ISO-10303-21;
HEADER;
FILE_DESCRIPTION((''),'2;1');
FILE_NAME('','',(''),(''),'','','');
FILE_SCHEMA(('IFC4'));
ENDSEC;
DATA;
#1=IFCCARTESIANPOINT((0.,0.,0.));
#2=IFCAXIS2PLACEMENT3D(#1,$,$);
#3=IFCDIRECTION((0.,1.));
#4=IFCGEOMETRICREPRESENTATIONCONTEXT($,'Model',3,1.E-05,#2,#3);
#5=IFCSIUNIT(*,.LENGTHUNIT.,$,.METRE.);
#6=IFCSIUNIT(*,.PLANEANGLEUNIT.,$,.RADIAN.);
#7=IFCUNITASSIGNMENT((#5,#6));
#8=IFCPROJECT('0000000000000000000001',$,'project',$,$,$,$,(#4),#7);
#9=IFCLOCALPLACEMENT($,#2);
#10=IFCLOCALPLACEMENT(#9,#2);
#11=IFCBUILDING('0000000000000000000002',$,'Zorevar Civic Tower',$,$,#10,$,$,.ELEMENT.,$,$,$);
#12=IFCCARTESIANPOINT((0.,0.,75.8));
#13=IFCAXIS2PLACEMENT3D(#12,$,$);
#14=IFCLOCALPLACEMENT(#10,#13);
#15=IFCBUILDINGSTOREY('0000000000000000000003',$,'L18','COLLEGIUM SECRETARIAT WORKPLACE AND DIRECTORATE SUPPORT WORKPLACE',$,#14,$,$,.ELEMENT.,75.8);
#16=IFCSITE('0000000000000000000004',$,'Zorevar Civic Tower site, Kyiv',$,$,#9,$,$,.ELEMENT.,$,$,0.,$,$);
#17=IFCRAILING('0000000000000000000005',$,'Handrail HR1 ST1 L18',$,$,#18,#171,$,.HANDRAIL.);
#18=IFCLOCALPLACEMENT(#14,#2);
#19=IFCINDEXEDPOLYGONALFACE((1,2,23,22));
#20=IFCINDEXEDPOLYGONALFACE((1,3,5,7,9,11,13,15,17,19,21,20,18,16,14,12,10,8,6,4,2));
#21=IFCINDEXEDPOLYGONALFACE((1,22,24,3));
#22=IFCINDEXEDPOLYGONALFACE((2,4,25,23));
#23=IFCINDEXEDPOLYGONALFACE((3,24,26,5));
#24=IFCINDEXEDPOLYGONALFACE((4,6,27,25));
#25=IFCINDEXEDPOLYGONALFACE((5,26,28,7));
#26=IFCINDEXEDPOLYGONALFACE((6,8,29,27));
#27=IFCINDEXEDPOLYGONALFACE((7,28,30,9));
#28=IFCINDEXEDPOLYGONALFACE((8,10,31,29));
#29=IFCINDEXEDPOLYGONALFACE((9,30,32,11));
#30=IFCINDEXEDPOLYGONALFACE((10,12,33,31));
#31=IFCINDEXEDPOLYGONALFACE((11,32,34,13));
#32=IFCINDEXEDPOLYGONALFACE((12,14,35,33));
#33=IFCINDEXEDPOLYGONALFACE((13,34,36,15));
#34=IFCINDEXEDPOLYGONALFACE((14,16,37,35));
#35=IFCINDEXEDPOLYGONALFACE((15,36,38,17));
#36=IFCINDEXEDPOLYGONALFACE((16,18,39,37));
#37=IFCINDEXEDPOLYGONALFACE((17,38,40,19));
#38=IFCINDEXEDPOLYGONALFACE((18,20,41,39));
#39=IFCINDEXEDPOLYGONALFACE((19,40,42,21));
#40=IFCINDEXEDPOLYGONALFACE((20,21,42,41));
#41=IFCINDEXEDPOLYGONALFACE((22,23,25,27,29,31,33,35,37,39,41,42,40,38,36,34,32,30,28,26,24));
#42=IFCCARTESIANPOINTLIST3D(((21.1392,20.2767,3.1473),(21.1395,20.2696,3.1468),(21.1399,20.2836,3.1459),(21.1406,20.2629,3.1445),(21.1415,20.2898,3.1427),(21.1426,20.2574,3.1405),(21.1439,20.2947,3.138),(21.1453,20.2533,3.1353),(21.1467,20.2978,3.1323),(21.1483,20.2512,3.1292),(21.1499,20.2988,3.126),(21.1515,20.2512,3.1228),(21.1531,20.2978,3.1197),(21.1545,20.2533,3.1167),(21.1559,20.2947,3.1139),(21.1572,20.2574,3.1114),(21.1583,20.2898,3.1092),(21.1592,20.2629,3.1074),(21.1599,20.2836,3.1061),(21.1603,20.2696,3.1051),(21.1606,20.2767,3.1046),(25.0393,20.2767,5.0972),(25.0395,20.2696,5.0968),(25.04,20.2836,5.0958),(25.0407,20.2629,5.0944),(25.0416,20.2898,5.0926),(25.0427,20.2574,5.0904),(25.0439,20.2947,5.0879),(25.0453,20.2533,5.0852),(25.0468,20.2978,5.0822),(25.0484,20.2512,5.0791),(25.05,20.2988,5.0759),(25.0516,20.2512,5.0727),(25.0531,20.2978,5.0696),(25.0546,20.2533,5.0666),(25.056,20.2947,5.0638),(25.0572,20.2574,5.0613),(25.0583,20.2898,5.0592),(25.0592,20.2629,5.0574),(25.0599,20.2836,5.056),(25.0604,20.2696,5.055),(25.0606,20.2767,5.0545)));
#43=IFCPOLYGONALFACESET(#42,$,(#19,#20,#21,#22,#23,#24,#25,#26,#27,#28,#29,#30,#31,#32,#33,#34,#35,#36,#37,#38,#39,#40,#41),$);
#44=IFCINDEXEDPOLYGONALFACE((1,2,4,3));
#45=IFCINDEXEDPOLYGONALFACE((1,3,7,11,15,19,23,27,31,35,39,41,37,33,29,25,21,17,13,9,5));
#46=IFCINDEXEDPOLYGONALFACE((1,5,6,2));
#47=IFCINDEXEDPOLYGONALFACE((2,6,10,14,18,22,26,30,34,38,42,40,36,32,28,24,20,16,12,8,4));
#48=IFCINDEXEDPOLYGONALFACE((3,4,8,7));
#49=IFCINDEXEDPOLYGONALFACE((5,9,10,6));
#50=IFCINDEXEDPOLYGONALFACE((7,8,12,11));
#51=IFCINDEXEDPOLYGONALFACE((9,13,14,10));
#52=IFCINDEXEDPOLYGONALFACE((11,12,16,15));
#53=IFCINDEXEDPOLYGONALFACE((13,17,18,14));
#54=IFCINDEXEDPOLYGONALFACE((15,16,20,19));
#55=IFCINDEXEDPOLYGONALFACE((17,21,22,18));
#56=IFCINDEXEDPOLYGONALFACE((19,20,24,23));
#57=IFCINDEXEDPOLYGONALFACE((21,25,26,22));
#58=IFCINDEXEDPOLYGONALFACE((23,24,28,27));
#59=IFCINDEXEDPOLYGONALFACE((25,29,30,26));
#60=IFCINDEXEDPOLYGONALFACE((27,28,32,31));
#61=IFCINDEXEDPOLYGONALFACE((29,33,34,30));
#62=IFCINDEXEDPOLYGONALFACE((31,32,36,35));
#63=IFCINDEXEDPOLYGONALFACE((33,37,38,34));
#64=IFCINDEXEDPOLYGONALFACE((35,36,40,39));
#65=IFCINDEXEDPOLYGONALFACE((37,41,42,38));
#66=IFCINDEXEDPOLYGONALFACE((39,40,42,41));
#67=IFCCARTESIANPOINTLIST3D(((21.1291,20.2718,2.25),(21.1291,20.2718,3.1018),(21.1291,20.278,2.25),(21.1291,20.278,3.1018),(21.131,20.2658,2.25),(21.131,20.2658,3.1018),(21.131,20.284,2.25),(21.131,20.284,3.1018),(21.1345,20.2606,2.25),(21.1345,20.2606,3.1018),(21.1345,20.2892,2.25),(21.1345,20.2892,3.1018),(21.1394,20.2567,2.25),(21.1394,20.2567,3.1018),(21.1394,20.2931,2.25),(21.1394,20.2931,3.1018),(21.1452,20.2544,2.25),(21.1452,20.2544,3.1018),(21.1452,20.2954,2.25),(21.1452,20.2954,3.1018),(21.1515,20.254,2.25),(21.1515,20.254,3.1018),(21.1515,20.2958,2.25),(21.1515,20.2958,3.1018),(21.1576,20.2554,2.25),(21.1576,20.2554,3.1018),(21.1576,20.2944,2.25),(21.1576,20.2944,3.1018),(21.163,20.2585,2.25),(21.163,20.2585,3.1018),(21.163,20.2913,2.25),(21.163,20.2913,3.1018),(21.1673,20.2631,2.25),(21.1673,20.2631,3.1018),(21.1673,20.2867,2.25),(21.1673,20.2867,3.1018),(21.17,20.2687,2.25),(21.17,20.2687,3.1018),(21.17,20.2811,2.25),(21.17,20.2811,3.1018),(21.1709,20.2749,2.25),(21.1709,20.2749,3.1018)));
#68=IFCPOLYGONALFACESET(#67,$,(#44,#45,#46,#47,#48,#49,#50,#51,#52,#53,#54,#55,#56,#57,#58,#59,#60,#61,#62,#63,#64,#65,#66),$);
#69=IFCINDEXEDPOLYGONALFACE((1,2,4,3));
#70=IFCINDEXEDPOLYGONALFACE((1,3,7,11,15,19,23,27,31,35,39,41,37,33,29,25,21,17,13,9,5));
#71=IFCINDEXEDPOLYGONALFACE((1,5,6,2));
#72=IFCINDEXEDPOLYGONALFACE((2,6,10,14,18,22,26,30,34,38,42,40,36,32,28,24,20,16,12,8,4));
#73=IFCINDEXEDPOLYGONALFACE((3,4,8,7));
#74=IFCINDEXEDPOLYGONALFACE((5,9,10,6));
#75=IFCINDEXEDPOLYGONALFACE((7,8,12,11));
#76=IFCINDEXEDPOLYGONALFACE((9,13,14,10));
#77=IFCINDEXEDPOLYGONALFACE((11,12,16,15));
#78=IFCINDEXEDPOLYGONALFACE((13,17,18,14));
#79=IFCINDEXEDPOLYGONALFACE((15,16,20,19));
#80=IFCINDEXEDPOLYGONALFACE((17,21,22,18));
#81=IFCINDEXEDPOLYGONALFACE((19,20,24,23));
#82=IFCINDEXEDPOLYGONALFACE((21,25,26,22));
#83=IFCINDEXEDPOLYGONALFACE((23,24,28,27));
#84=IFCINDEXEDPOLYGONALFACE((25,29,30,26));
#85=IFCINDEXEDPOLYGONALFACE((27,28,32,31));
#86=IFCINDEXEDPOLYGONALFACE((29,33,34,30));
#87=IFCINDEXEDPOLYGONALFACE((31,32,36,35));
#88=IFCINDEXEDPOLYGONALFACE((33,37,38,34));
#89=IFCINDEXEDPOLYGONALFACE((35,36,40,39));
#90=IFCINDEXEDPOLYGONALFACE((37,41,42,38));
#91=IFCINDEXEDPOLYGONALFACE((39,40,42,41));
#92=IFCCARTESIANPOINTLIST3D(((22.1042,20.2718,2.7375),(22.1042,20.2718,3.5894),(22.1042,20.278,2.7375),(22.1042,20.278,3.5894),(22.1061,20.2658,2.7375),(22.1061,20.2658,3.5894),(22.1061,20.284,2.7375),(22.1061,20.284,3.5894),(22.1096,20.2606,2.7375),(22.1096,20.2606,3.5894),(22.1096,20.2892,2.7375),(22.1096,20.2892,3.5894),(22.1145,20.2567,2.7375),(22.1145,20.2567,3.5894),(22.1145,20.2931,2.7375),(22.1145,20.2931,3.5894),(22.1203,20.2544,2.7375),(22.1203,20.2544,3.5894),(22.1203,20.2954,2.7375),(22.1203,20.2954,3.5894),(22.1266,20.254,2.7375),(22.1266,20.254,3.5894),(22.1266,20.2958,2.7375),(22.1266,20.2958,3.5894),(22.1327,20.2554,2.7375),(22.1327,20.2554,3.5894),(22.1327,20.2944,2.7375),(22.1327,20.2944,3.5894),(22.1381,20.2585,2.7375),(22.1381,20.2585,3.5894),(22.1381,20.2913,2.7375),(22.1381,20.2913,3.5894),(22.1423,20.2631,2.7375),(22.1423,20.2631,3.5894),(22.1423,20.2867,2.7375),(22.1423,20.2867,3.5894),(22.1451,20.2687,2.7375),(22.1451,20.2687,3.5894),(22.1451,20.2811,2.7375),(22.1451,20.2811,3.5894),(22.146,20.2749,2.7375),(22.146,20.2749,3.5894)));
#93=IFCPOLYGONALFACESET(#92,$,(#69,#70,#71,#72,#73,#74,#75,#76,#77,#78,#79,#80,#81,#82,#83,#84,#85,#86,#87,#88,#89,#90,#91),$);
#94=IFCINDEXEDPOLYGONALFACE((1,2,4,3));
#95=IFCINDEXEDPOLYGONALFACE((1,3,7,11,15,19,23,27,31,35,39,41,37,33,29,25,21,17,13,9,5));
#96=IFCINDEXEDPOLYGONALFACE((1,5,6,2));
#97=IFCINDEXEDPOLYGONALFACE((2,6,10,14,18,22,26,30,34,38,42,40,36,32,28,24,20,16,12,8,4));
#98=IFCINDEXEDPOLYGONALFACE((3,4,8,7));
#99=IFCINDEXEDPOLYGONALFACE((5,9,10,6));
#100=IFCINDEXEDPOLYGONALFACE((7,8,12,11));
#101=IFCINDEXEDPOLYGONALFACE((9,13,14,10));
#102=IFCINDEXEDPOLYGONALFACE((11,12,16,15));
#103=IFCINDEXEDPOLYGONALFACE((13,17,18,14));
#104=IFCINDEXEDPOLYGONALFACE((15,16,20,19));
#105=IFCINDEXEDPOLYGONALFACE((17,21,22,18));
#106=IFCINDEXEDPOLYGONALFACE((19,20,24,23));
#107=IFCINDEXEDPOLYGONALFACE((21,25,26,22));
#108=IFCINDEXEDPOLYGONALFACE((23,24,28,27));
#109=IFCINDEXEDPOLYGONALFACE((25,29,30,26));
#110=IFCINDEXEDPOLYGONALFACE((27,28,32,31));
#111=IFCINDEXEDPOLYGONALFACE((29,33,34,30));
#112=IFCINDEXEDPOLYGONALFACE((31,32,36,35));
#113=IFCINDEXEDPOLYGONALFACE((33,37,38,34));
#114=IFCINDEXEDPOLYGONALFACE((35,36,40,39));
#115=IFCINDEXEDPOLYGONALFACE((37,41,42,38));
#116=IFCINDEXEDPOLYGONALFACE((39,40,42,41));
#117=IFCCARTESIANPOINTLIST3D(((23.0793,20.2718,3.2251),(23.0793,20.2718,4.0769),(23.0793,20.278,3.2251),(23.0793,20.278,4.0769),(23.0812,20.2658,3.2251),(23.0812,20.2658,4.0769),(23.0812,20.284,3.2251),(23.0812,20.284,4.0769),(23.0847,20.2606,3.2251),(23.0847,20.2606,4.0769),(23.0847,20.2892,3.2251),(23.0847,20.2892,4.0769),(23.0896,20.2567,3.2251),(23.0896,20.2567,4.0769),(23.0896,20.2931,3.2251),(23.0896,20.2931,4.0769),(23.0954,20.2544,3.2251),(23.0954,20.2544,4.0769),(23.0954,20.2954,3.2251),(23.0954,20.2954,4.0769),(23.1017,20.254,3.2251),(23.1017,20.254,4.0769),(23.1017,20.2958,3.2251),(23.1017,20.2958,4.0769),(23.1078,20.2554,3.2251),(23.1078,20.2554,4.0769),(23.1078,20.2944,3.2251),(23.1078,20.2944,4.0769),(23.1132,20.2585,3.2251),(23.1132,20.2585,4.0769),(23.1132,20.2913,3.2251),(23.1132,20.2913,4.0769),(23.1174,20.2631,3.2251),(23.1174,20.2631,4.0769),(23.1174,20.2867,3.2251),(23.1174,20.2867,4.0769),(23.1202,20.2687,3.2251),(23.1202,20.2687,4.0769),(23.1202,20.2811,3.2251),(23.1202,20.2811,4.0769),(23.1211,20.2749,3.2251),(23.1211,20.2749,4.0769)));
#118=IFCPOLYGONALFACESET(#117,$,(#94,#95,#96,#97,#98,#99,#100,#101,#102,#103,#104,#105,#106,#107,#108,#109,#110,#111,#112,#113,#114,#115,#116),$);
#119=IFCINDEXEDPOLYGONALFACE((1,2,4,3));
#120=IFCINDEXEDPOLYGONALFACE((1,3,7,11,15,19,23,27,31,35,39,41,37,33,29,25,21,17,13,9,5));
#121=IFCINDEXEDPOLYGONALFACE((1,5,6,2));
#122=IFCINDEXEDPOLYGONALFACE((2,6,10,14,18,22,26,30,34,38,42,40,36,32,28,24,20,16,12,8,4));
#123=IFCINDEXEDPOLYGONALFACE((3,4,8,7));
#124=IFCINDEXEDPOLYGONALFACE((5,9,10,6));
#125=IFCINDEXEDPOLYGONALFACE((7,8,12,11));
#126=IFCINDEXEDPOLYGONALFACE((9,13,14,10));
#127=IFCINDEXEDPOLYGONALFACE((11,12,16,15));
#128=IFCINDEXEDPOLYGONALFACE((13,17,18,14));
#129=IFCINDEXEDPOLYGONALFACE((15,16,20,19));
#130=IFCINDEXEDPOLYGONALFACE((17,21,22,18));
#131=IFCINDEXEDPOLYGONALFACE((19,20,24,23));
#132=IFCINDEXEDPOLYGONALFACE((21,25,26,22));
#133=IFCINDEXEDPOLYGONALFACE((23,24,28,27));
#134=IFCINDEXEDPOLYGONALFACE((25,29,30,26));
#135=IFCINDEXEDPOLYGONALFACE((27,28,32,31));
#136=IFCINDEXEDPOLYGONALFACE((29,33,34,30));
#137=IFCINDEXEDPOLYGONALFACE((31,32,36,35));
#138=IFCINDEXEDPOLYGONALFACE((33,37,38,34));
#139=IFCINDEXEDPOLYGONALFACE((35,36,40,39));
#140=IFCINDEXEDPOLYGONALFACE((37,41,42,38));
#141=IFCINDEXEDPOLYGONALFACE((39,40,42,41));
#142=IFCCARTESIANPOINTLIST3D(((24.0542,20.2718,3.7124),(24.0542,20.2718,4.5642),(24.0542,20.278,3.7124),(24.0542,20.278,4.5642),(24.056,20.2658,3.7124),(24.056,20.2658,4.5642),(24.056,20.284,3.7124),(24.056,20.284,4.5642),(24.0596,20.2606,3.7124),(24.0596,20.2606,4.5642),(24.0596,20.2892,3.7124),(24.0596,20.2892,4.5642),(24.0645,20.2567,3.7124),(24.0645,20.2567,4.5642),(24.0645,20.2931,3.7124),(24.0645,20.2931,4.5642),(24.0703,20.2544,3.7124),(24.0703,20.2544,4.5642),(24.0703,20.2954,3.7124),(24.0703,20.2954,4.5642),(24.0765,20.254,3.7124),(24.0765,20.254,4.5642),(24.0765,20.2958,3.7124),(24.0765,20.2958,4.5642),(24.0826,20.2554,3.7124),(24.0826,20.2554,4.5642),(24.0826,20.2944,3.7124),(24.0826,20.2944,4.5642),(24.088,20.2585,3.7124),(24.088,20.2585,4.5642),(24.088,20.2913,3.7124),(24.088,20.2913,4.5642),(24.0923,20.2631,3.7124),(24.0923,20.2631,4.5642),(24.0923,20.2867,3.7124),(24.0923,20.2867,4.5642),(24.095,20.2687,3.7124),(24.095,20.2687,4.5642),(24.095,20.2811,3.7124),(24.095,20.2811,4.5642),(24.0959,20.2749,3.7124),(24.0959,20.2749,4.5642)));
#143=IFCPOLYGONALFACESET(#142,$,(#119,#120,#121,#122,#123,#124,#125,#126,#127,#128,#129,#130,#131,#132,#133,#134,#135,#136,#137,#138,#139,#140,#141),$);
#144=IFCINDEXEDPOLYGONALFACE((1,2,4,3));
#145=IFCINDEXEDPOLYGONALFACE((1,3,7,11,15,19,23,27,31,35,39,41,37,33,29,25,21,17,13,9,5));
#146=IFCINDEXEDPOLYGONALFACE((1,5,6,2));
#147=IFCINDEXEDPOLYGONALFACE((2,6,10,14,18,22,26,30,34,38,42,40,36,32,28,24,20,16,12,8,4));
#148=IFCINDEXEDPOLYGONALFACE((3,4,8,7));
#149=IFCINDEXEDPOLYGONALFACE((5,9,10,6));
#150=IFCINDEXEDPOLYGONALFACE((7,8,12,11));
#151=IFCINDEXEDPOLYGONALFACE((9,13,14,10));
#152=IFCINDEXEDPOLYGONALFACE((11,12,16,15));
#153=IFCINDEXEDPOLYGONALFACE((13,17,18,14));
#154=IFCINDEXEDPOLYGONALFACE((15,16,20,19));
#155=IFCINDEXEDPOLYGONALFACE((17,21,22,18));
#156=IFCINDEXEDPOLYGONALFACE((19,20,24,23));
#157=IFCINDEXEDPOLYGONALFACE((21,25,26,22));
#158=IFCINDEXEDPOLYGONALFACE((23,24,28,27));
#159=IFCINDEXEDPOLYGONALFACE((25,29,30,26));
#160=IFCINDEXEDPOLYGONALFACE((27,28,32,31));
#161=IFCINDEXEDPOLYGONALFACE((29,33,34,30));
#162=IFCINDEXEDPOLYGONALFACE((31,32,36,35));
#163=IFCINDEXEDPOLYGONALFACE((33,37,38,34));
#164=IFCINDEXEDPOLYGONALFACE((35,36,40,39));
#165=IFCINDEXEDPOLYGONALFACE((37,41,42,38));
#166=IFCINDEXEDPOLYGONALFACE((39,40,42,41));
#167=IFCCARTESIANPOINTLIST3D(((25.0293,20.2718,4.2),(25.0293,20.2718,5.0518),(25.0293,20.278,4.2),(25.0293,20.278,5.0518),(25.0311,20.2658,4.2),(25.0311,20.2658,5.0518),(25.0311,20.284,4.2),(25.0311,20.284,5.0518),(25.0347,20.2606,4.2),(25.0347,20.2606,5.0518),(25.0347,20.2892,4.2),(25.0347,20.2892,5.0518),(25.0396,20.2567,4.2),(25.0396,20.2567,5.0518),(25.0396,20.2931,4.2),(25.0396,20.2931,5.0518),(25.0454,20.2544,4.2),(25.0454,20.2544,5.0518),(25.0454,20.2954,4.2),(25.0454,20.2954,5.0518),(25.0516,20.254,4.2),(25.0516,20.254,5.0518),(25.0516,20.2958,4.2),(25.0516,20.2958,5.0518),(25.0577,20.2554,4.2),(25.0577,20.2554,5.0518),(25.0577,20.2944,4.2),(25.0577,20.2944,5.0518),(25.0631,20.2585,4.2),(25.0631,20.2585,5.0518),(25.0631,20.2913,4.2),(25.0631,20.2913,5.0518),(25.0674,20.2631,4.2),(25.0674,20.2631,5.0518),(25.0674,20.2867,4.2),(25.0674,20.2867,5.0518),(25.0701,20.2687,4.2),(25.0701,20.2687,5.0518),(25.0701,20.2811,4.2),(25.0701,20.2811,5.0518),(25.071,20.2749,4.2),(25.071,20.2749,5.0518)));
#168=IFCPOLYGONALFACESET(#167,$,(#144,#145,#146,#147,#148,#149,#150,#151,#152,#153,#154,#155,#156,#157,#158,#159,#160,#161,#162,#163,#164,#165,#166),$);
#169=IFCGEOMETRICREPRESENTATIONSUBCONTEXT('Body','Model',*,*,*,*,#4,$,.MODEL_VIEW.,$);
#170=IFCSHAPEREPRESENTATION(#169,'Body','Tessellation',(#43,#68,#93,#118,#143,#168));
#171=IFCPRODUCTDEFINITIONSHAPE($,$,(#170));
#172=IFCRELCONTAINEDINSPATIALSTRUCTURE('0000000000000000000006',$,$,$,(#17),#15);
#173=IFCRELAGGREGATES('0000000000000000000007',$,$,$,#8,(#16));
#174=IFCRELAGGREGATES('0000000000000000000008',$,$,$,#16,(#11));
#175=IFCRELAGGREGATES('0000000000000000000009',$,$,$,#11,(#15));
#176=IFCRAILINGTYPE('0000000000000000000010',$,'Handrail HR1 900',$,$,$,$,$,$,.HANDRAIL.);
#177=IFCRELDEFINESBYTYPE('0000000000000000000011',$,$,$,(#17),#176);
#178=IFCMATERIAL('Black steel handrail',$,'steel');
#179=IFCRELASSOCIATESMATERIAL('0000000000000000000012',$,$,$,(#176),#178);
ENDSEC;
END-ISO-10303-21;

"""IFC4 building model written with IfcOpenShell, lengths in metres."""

from ifc_helpers import new_model, si_unit, direction, frame, origin, origin_2d, place, context, subcontext, project, spatial, circle, extrude, material, type_object, element, save


model = new_model("IFC4")

# Units and contexts
model_context = context("Model", 3, precision=1e-05, world=origin(), true_north=direction((0.0, 1.0)))
body_context = subcontext(model_context, "Body", "Model", "MODEL_VIEW")
ifc_project = project(units=[si_unit("LENGTHUNIT", "METRE"), si_unit("PLANEANGLEUNIT", "RADIAN")], contexts=[model_context])

# Site, building, storey
site_placement = place(None, origin())
site = spatial("IfcSite", under=ifc_project, at=site_placement, Name="Zorevar Civic Tower site, Kyiv", CompositionType="ELEMENT", RefElevation=0.0)
building_placement = place(site_placement, origin())
building = spatial("IfcBuilding", under=site, at=building_placement, Name="Zorevar Civic Tower", CompositionType="ELEMENT")
storey_placement = place(building_placement, frame((0.0, 0.0, 75.8)))
storey = spatial("IfcBuildingStorey", under=building, at=storey_placement, Name="L18", Description="COLLEGIUM SECRETARIAT WORKPLACE AND DIRECTORATE SUPPORT WORKPLACE", CompositionType="ELEMENT", Elevation=75.8)

# Railing
ifc_material_1 = material(Name="Black steel handrail", Category="steel")
railing_type = type_object("IfcRailingType", Name="Handrail HR1 900", PredefinedType="HANDRAIL", material=ifc_material_1)
railing_1_placement = place(storey_placement, frame((21.1499, 20.2749, 2.25)))
element("IfcRailing", 1, at=railing_1_placement, inside=storey, type_object=railing_type, Name="Handrail HR1 ST1 L18", PredefinedType="HANDRAIL", context=body_context, shape_type="SweptSolid", body=[
    extrude(circle(Radius=0.0239, at=origin_2d()), frame((0.0, 0.0, 0.876), z_axis=(0.894438, 0.0, 0.447191), x_axis=(0.0, 1.0, 0.0)), (0.0, 0.0, 1.0), 4.3604),
    extrude(circle(Radius=0.021, at=origin_2d()), origin(), (0.0, 0.0, 1.0), 0.8518),
    extrude(circle(Radius=0.021, at=origin_2d()), frame((0.9751, 0.0, 0.4875)), (0.0, 0.0, 1.0), 0.8518),
    extrude(circle(Radius=0.021, at=origin_2d()), frame((1.9502, 0.0, 0.9751)), (0.0, 0.0, 1.0), 0.8518),
    extrude(circle(Radius=0.021, at=origin_2d()), frame((2.925, 0.0, 1.4624)), (0.0, 0.0, 1.0), 0.8518),
    extrude(circle(Radius=0.021, at=origin_2d()), frame((3.9001, 0.0, 1.95)), (0.0, 0.0, 1.0), 0.8518),
])

save(model, "model.ifc")
